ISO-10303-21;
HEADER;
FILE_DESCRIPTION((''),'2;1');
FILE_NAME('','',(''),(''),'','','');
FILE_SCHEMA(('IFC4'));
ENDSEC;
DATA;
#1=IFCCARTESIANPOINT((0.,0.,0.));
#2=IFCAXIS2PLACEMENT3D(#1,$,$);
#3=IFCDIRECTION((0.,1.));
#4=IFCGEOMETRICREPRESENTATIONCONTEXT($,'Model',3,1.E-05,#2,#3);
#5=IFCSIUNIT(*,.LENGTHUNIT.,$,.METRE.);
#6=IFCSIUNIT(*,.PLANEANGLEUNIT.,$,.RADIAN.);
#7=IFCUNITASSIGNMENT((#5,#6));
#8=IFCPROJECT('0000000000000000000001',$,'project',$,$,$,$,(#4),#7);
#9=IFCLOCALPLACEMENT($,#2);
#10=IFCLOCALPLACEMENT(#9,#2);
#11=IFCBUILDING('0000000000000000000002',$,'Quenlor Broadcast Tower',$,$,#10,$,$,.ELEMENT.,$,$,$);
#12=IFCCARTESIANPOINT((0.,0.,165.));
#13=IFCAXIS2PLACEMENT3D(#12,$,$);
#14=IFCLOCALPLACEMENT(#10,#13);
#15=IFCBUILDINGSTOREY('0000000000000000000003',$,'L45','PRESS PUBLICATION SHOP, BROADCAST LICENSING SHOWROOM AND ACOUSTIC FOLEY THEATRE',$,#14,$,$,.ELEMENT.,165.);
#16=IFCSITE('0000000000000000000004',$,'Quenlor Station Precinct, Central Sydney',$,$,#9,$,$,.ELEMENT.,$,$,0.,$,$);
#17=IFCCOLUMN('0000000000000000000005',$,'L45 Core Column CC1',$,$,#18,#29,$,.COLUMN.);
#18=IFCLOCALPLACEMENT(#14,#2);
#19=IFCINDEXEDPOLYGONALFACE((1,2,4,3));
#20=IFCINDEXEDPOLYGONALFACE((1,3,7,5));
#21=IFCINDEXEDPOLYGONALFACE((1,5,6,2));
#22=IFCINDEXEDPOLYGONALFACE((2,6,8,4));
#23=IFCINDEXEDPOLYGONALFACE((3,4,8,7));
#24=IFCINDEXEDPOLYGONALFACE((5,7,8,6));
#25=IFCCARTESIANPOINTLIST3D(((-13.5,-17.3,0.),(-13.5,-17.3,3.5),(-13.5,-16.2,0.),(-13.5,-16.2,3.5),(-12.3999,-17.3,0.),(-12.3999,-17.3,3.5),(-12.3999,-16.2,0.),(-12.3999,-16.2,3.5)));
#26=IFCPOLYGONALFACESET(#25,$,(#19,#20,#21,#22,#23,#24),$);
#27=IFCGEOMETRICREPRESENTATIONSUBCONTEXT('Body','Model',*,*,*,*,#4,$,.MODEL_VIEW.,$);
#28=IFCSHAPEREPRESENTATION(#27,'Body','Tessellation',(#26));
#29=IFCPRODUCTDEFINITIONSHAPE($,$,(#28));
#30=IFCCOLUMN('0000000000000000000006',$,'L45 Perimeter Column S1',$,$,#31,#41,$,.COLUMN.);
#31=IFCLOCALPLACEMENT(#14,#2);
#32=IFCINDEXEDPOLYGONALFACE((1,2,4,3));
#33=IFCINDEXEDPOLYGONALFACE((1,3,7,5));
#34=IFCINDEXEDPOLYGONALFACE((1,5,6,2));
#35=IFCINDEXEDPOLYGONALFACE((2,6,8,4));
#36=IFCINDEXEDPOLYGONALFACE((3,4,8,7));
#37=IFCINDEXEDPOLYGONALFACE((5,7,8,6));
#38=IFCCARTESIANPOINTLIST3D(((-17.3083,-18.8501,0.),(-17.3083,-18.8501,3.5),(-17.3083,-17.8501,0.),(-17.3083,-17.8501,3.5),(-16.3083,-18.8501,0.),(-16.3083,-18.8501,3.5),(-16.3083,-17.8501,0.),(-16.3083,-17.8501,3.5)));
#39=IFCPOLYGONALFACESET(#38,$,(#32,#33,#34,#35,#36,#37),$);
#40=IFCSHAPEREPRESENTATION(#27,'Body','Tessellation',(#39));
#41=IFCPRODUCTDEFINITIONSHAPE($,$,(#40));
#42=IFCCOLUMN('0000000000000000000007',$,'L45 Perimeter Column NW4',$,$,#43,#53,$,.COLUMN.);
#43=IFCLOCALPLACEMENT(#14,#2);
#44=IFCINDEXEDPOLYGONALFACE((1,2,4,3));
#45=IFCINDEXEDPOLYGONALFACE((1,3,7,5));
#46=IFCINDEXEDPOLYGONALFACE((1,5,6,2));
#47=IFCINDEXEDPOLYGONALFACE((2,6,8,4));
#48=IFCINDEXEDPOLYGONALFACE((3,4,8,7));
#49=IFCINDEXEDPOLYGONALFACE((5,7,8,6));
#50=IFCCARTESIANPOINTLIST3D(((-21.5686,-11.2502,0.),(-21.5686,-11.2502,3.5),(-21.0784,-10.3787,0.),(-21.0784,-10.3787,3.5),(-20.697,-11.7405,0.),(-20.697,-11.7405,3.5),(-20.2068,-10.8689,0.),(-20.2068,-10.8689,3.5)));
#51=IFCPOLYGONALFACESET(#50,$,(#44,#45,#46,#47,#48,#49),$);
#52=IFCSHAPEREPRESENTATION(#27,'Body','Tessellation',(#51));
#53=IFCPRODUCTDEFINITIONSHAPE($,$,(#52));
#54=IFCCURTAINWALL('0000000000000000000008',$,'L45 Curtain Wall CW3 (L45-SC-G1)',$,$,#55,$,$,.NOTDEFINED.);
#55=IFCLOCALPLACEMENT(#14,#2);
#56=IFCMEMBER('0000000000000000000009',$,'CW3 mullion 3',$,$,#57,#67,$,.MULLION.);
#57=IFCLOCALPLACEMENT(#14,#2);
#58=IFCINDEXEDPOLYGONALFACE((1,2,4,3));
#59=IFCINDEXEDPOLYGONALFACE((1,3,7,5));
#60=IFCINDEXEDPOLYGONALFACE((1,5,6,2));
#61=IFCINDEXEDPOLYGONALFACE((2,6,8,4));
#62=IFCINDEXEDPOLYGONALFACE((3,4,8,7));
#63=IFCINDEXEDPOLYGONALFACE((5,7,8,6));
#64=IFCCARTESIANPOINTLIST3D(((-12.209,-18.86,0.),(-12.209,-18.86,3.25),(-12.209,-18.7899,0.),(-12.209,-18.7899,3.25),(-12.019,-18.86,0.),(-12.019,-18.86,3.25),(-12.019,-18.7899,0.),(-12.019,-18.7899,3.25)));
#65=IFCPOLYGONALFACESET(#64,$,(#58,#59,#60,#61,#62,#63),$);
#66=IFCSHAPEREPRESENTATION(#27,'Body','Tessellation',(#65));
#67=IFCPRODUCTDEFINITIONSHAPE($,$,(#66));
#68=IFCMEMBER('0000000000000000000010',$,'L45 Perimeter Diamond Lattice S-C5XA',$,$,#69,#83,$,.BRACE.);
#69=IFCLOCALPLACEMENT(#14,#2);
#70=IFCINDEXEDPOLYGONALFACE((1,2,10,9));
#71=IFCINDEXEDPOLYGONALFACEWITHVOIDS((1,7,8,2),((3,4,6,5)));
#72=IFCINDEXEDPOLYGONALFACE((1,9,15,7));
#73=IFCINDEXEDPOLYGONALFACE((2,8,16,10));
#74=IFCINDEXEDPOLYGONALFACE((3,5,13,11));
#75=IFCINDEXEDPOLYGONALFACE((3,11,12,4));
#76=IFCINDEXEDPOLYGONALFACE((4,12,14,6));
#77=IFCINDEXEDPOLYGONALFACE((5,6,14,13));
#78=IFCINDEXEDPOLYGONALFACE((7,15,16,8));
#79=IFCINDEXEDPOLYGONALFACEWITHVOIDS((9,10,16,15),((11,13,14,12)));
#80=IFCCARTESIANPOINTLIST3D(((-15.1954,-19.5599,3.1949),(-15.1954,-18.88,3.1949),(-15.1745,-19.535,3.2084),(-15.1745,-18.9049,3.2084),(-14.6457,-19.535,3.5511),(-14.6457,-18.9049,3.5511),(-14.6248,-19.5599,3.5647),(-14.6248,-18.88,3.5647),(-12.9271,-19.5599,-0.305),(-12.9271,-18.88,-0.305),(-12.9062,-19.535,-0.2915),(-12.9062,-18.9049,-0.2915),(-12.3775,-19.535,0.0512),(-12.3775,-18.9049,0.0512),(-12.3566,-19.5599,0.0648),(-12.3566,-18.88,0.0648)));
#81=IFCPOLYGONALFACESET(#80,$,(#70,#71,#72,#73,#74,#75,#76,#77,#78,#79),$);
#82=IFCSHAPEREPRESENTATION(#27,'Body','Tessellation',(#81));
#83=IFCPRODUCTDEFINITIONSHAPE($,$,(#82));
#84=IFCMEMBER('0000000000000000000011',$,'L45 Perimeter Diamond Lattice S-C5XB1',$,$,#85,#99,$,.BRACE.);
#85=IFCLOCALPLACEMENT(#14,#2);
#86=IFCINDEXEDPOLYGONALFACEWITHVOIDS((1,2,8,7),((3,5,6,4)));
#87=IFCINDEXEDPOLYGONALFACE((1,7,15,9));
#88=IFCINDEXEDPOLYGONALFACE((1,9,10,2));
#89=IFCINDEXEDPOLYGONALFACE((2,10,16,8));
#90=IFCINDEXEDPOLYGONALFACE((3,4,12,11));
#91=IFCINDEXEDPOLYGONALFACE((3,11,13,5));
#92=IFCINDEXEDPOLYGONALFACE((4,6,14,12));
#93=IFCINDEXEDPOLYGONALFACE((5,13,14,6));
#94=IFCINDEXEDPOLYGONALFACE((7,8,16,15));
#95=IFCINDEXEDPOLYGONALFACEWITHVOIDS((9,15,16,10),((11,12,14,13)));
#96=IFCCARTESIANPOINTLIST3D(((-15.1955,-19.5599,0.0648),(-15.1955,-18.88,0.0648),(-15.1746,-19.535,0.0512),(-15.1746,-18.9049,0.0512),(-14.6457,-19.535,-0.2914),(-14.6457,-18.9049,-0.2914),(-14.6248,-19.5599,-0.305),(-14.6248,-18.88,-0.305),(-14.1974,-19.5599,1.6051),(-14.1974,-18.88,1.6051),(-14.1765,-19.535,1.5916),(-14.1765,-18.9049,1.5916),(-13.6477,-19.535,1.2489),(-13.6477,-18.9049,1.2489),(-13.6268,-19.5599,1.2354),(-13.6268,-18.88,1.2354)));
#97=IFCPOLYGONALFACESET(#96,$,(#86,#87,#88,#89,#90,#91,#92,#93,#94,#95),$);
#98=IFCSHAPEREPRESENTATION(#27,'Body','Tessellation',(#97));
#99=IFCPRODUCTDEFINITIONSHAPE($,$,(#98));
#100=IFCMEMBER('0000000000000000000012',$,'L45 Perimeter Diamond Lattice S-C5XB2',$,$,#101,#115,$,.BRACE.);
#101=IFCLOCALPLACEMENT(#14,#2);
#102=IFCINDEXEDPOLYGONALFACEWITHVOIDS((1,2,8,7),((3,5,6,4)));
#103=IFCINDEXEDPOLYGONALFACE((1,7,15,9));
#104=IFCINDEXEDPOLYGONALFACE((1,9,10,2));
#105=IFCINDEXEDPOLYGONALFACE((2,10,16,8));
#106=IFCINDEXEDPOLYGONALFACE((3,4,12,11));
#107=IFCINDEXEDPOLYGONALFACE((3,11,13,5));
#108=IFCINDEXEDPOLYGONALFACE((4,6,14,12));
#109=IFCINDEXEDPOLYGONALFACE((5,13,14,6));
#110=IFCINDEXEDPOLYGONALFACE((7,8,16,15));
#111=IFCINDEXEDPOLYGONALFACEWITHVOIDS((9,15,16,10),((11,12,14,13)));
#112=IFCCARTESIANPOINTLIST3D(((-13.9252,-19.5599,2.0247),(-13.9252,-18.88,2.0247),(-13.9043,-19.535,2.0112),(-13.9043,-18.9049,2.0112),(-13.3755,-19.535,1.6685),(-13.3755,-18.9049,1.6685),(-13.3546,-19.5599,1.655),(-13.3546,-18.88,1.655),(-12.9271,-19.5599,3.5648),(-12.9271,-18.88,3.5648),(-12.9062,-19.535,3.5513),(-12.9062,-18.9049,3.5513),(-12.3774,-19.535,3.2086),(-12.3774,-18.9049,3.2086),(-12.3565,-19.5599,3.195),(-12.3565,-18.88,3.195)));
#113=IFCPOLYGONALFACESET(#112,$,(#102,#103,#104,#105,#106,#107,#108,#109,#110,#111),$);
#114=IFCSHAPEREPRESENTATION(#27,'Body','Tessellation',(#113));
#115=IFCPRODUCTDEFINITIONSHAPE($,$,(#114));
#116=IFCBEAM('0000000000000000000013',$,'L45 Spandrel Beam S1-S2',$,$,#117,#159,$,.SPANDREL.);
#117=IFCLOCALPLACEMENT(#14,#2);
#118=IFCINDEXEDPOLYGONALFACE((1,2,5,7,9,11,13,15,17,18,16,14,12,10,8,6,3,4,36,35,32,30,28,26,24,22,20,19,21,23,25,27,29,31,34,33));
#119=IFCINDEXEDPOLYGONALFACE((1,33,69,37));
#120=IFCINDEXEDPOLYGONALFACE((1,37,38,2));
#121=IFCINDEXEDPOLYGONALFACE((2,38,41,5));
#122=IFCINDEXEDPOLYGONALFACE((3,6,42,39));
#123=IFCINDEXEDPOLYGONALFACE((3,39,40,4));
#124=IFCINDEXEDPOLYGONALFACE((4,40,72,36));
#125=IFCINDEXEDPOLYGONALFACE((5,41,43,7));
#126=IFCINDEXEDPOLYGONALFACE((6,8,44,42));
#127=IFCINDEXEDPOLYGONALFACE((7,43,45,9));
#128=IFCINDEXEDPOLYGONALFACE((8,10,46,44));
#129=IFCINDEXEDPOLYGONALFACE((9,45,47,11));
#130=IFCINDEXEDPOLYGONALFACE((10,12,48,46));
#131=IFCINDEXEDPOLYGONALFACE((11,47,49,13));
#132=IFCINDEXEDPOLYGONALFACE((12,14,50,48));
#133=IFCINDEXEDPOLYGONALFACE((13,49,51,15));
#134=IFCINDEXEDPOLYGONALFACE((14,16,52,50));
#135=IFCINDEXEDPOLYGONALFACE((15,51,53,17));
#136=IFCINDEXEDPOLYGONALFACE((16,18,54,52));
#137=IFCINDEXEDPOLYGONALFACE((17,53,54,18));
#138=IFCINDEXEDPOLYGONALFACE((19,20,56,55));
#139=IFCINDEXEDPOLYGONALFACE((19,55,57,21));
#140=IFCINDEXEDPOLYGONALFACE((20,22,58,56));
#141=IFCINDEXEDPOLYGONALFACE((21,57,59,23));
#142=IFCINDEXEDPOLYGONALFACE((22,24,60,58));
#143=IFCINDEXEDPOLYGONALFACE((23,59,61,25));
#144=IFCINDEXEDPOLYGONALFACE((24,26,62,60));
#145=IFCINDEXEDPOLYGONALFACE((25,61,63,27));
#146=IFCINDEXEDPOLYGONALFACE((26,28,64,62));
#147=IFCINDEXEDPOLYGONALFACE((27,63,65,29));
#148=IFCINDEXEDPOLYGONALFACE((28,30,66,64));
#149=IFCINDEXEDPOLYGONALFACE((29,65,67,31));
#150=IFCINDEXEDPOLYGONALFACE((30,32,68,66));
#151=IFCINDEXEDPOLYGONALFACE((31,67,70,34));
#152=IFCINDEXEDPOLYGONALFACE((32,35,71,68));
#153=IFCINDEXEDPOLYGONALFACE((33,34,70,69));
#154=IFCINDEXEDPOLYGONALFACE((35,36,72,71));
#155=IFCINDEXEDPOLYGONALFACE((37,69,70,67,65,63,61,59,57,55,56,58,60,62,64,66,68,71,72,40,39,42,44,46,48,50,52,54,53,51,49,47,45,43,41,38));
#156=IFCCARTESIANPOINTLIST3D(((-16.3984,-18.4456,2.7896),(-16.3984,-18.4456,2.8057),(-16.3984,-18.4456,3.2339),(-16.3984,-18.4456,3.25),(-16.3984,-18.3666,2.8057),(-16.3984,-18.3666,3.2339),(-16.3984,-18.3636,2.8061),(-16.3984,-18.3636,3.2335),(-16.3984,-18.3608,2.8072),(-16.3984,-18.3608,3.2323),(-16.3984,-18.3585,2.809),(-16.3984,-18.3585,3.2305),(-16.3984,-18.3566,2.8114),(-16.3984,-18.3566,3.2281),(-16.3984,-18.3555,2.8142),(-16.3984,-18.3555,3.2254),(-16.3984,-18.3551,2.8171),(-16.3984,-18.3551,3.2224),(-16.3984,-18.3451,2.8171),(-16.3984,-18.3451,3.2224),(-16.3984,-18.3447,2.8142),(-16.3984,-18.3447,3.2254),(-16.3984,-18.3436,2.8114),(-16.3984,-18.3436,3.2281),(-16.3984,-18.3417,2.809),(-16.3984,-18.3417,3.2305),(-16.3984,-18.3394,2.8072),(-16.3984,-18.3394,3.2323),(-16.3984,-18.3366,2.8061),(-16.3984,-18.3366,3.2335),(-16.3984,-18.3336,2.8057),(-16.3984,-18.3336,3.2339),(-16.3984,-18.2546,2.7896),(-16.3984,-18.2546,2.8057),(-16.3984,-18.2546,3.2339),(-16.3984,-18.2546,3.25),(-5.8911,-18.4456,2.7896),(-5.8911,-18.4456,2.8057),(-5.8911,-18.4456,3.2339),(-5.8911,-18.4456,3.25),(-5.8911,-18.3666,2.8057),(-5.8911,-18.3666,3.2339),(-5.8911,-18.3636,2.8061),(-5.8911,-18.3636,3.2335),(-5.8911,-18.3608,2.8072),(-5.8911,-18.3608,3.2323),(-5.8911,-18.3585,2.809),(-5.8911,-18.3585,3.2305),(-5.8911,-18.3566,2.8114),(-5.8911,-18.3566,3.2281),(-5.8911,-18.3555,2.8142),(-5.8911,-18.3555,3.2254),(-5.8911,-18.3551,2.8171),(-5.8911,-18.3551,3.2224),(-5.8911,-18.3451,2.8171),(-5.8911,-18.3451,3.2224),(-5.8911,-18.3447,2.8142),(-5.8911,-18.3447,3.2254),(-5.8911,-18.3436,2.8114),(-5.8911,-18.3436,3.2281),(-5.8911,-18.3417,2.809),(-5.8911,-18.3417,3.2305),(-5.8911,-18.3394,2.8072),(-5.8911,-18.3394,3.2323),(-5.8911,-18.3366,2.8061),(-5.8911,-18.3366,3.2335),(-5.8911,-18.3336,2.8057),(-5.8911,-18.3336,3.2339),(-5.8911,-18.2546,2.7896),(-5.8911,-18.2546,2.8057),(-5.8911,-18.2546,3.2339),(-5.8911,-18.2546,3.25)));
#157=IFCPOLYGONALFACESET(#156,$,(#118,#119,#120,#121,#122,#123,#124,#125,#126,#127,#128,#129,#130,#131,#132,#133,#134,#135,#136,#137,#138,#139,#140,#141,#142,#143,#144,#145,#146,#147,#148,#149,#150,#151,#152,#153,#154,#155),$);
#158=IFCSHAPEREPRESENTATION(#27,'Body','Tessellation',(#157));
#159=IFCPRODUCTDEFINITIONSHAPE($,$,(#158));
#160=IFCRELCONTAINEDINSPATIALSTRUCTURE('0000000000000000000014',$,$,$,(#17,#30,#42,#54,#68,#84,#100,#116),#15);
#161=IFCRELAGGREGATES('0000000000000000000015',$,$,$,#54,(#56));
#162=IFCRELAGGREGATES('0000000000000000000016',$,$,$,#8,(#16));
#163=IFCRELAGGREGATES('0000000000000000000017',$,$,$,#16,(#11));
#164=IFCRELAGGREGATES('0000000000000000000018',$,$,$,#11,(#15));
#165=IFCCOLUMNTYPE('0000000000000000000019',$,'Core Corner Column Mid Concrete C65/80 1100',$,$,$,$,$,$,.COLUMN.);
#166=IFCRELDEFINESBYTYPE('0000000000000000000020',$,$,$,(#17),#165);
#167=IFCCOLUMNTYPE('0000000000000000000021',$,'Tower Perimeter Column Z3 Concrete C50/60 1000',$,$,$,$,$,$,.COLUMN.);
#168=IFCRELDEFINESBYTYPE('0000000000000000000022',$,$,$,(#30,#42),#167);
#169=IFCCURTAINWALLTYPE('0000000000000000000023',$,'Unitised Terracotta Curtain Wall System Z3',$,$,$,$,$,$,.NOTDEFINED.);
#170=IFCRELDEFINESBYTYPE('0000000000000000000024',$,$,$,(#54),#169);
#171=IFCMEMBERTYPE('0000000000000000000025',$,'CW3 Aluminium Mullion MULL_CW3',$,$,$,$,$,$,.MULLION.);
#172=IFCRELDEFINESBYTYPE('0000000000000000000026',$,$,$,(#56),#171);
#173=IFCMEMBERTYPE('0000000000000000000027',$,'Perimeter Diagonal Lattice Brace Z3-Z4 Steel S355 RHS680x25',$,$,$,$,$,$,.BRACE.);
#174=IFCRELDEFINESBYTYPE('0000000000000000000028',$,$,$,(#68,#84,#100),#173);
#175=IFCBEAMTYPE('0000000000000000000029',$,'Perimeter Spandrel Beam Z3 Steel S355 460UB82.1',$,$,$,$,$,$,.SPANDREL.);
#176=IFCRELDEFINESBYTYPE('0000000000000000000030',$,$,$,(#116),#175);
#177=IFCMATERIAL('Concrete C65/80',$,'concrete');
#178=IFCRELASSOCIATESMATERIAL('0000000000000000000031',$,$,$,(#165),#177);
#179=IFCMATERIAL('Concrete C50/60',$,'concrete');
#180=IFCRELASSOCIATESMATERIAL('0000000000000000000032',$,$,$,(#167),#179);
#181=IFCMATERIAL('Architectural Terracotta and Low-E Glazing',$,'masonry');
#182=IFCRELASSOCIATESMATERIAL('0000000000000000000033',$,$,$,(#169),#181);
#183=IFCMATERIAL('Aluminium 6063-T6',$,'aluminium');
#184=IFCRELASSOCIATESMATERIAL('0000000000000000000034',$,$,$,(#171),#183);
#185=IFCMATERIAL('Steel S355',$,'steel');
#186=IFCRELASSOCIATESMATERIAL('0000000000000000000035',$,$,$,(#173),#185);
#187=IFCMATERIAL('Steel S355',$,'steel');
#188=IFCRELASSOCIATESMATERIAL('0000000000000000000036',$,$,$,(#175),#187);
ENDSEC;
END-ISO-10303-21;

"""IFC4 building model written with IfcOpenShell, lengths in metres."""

from ifc_helpers import new_model, si_unit, direction, frame, origin, origin_2d, place, context, subcontext, project, spatial, rectangle, hollow_rectangle, i_section, extrude, material, material_profile, profile_set, type_object, element, aggregate, save


model = new_model("IFC4")

# Units and contexts
model_context = context("Model", 3, precision=1e-05, world=origin(), true_north=direction((0.0, 1.0)))
body_context = subcontext(model_context, "Body", "Model", "MODEL_VIEW")
ifc_project = project(units=[si_unit("LENGTHUNIT", "METRE"), si_unit("PLANEANGLEUNIT", "RADIAN")], contexts=[model_context])

# Site, building, storey
site_placement = place(None, origin())
site = spatial("IfcSite", under=ifc_project, at=site_placement, Name="Quenlor Station Precinct, Central Sydney", CompositionType="ELEMENT", RefElevation=0.0)
building_placement = place(site_placement, origin())
building = spatial("IfcBuilding", under=site, at=building_placement, Name="Quenlor Broadcast Tower", CompositionType="ELEMENT")
storey_placement = place(building_placement, frame((0.0, 0.0, 165.0)))
storey = spatial("IfcBuildingStorey", under=building, at=storey_placement, Name="L45", Description="PRESS PUBLICATION SHOP, BROADCAST LICENSING SHOWROOM AND ACOUSTIC FOLEY THEATRE", CompositionType="ELEMENT", Elevation=165.0)

# Columns
ifc_material_1 = material(Name="Concrete C65/80", Category="concrete")
ifc_material_profile_1 = material_profile(ifc_material_1, rectangle(XDim=1.1001, YDim=1.1001, at=origin_2d()))
ifc_profile_set_1 = profile_set([ifc_material_profile_1], Name="Concrete C65/80 RC1100x1100")
column_type_1 = type_object("IfcColumnType", Name="Core Corner Column Mid Concrete C65/80 1100", PredefinedType="COLUMN", material=ifc_profile_set_1)
column_placement = place(storey_placement, frame((-12.95, -16.75, 0.0), z_axis=(0.0, 0.0, 1.0), x_axis=(1.0, 0.0, 0.0)))
element("IfcColumn", 1, at=column_placement, inside=storey, type_object=column_type_1, Name="L45 Core Column CC1", PredefinedType="COLUMN", context=body_context, shape_type="SweptSolid", body=[
    extrude(rectangle(XDim=1.1001, YDim=1.1001, at=origin_2d()), origin(), (0.0, 0.0, 1.0), 3.5),
])
ifc_material_2 = material(Name="Concrete C50/60", Category="concrete")
ifc_material_profile_2 = material_profile(ifc_material_2, rectangle(XDim=1.0, YDim=1.0, at=origin_2d()))
ifc_profile_set_2 = profile_set([ifc_material_profile_2], Name="Concrete C50/60 RC1000x1000")
column_type_2 = type_object("IfcColumnType", Name="Tower Perimeter Column Z3 Concrete C50/60 1000", PredefinedType="COLUMN", material=ifc_profile_set_2)
for number, where, z_axis, x_axis, name in (
    (2, (-16.8083, -18.3501, 0.0), (0.0, 0.0, 1.0), (0.0, 1.0, 0.0), "L45 Perimeter Column S1"),
    (3, (-20.8877, -11.0596, 0.0), (0.0, 0.0, 1.0), (-0.871575, 0.490262, 0.0), "L45 Perimeter Column NW4"),
):
    element("IfcColumn", number, at=place(storey_placement, frame(where, z_axis=z_axis, x_axis=x_axis)), inside=storey, type_object=column_type_2, Name=name, PredefinedType="COLUMN", context=body_context, shape_type="SweptSolid", body=[
        extrude(rectangle(XDim=1.0, YDim=1.0, at=origin_2d()), origin(), (0.0, 0.0, 1.0), 3.5),
    ])

# Curtain wall, member
ifc_material_3 = material(Name="Architectural Terracotta and Low-E Glazing", Category="masonry")
curtain_wall_type = type_object("IfcCurtainWallType", Name="Unitised Terracotta Curtain Wall System Z3", PredefinedType="NOTDEFINED", material=ifc_material_3)
curtain_wall_placement = place(storey_placement, origin())
curtain_wall = element("IfcCurtainWall", 4, at=curtain_wall_placement, inside=storey, type_object=curtain_wall_type, Name="L45 Curtain Wall CW3 (L45-SC-G1)", PredefinedType="NOTDEFINED")
ifc_material_4 = material(Name="Aluminium 6063-T6", Category="aluminium")
ifc_material_profile_3 = material_profile(ifc_material_4, rectangle(XDim=0.0701, YDim=0.1899, at=origin_2d()))
ifc_profile_set_3 = profile_set([ifc_material_profile_3], Name="Aluminium 6063-T6 MULL70x190")
member_type_1 = type_object("IfcMemberType", Name="CW3 Aluminium Mullion MULL_CW3", PredefinedType="MULLION", material=ifc_profile_set_3)
member_1_placement = place(storey_placement, frame((-12.114, -18.825, 0.0), z_axis=(0.0, 0.0, 1.0), x_axis=(0.0, -1.0, 0.0)))
member_1 = element("IfcMember", 5, at=member_1_placement, type_object=member_type_1, Name="CW3 mullion 3", PredefinedType="MULLION", context=body_context, shape_type="SweptSolid", body=[
    extrude(rectangle(XDim=0.0701, YDim=0.1899, at=origin_2d()), origin(), (0.0, 0.0, 1.0), 3.25),
])

# Members
ifc_material_5 = material(Name="Steel S355", Category="steel")
ifc_material_profile_4 = material_profile(ifc_material_5, hollow_rectangle(XDim=0.6799, YDim=0.6799, WallThickness=0.0249, at=origin_2d()))
ifc_profile_set_4 = profile_set([ifc_material_profile_4], Name="Steel S355 RHS680x680x25")
member_type_2 = type_object("IfcMemberType", Name="Perimeter Diagonal Lattice Brace Z3-Z4 Steel S355 RHS680x25", PredefinedType="BRACE", material=ifc_profile_set_4)
member_2_placement = place(storey_placement, frame((-12.6418, -19.22, -0.1201), z_axis=(-0.54386, 0.0, 0.839176), x_axis=(0.0, -1.0, 0.0)))
element("IfcMember", 6, at=member_2_placement, inside=storey, type_object=member_type_2, Name="L45 Perimeter Diamond Lattice S-C5XA", PredefinedType="BRACE", context=body_context, shape_type="SweptSolid", body=[
    extrude(hollow_rectangle(XDim=0.6799, YDim=0.6799, WallThickness=0.0249, at=origin_2d()), origin(), (0.0, 0.0, 1.0), 4.1707),
])
member_3_placement = place(storey_placement, frame((-14.9102, -19.22, -0.1201), z_axis=(0.543786, 0.0, 0.839224), x_axis=(0.0, 1.0, 0.0)))
element("IfcMember", 7, at=member_3_placement, inside=storey, type_object=member_type_2, Name="L45 Perimeter Diamond Lattice S-C5XB1", PredefinedType="BRACE", context=body_context, shape_type="SweptSolid", body=[
    extrude(hollow_rectangle(XDim=0.6799, YDim=0.6799, WallThickness=0.0249, at=origin_2d()), origin(), (0.0, 0.0, 1.0), 1.8354),
])
member_4_placement = place(storey_placement, frame((-13.6399, -19.22, 1.8398), z_axis=(0.543847, 0.0, 0.839184), x_axis=(0.0, 1.0, 0.0)))
element("IfcMember", 8, at=member_4_placement, inside=storey, type_object=member_type_2, Name="L45 Perimeter Diamond Lattice S-C5XB2", PredefinedType="BRACE", context=body_context, shape_type="SweptSolid", body=[
    extrude(hollow_rectangle(XDim=0.6799, YDim=0.6799, WallThickness=0.0249, at=origin_2d()), origin(), (0.0, 0.0, 1.0), 1.8352),
])

# Beam
ifc_material_6 = material(Name="Steel S355", Category="steel")
ifc_material_profile_5 = material_profile(ifc_material_6, i_section(OverallWidth=0.1909, OverallDepth=0.4604, WebThickness=0.01, FlangeThickness=0.0161, FilletRadius=0.0115, at=origin_2d()))
ifc_profile_set_5 = profile_set([ifc_material_profile_5], Name="Steel S355 460UB82.1")
beam_type_1 = type_object("IfcBeamType", Name="Perimeter Spandrel Beam Z3 Steel S355 460UB82.1", PredefinedType="SPANDREL", material=ifc_profile_set_5)
beam_1_placement = place(storey_placement, frame((-16.3984, -18.3501, 3.0198), z_axis=(1.0, 0.0, 0.0), x_axis=(0.0, 1.0, 0.0)))
element("IfcBeam", 9, at=beam_1_placement, inside=storey, type_object=beam_type_1, Name="L45 Spandrel Beam S1-S2", PredefinedType="SPANDREL", context=body_context, shape_type="SweptSolid", body=[
    extrude(i_section(OverallWidth=0.1909, OverallDepth=0.4604, WebThickness=0.01, FlangeThickness=0.0161, FilletRadius=0.0115, at=origin_2d()), origin(), (0.0, 0.0, 1.0), 10.5073),
])

aggregate(curtain_wall, [member_1])

save(model, "model.ifc")
